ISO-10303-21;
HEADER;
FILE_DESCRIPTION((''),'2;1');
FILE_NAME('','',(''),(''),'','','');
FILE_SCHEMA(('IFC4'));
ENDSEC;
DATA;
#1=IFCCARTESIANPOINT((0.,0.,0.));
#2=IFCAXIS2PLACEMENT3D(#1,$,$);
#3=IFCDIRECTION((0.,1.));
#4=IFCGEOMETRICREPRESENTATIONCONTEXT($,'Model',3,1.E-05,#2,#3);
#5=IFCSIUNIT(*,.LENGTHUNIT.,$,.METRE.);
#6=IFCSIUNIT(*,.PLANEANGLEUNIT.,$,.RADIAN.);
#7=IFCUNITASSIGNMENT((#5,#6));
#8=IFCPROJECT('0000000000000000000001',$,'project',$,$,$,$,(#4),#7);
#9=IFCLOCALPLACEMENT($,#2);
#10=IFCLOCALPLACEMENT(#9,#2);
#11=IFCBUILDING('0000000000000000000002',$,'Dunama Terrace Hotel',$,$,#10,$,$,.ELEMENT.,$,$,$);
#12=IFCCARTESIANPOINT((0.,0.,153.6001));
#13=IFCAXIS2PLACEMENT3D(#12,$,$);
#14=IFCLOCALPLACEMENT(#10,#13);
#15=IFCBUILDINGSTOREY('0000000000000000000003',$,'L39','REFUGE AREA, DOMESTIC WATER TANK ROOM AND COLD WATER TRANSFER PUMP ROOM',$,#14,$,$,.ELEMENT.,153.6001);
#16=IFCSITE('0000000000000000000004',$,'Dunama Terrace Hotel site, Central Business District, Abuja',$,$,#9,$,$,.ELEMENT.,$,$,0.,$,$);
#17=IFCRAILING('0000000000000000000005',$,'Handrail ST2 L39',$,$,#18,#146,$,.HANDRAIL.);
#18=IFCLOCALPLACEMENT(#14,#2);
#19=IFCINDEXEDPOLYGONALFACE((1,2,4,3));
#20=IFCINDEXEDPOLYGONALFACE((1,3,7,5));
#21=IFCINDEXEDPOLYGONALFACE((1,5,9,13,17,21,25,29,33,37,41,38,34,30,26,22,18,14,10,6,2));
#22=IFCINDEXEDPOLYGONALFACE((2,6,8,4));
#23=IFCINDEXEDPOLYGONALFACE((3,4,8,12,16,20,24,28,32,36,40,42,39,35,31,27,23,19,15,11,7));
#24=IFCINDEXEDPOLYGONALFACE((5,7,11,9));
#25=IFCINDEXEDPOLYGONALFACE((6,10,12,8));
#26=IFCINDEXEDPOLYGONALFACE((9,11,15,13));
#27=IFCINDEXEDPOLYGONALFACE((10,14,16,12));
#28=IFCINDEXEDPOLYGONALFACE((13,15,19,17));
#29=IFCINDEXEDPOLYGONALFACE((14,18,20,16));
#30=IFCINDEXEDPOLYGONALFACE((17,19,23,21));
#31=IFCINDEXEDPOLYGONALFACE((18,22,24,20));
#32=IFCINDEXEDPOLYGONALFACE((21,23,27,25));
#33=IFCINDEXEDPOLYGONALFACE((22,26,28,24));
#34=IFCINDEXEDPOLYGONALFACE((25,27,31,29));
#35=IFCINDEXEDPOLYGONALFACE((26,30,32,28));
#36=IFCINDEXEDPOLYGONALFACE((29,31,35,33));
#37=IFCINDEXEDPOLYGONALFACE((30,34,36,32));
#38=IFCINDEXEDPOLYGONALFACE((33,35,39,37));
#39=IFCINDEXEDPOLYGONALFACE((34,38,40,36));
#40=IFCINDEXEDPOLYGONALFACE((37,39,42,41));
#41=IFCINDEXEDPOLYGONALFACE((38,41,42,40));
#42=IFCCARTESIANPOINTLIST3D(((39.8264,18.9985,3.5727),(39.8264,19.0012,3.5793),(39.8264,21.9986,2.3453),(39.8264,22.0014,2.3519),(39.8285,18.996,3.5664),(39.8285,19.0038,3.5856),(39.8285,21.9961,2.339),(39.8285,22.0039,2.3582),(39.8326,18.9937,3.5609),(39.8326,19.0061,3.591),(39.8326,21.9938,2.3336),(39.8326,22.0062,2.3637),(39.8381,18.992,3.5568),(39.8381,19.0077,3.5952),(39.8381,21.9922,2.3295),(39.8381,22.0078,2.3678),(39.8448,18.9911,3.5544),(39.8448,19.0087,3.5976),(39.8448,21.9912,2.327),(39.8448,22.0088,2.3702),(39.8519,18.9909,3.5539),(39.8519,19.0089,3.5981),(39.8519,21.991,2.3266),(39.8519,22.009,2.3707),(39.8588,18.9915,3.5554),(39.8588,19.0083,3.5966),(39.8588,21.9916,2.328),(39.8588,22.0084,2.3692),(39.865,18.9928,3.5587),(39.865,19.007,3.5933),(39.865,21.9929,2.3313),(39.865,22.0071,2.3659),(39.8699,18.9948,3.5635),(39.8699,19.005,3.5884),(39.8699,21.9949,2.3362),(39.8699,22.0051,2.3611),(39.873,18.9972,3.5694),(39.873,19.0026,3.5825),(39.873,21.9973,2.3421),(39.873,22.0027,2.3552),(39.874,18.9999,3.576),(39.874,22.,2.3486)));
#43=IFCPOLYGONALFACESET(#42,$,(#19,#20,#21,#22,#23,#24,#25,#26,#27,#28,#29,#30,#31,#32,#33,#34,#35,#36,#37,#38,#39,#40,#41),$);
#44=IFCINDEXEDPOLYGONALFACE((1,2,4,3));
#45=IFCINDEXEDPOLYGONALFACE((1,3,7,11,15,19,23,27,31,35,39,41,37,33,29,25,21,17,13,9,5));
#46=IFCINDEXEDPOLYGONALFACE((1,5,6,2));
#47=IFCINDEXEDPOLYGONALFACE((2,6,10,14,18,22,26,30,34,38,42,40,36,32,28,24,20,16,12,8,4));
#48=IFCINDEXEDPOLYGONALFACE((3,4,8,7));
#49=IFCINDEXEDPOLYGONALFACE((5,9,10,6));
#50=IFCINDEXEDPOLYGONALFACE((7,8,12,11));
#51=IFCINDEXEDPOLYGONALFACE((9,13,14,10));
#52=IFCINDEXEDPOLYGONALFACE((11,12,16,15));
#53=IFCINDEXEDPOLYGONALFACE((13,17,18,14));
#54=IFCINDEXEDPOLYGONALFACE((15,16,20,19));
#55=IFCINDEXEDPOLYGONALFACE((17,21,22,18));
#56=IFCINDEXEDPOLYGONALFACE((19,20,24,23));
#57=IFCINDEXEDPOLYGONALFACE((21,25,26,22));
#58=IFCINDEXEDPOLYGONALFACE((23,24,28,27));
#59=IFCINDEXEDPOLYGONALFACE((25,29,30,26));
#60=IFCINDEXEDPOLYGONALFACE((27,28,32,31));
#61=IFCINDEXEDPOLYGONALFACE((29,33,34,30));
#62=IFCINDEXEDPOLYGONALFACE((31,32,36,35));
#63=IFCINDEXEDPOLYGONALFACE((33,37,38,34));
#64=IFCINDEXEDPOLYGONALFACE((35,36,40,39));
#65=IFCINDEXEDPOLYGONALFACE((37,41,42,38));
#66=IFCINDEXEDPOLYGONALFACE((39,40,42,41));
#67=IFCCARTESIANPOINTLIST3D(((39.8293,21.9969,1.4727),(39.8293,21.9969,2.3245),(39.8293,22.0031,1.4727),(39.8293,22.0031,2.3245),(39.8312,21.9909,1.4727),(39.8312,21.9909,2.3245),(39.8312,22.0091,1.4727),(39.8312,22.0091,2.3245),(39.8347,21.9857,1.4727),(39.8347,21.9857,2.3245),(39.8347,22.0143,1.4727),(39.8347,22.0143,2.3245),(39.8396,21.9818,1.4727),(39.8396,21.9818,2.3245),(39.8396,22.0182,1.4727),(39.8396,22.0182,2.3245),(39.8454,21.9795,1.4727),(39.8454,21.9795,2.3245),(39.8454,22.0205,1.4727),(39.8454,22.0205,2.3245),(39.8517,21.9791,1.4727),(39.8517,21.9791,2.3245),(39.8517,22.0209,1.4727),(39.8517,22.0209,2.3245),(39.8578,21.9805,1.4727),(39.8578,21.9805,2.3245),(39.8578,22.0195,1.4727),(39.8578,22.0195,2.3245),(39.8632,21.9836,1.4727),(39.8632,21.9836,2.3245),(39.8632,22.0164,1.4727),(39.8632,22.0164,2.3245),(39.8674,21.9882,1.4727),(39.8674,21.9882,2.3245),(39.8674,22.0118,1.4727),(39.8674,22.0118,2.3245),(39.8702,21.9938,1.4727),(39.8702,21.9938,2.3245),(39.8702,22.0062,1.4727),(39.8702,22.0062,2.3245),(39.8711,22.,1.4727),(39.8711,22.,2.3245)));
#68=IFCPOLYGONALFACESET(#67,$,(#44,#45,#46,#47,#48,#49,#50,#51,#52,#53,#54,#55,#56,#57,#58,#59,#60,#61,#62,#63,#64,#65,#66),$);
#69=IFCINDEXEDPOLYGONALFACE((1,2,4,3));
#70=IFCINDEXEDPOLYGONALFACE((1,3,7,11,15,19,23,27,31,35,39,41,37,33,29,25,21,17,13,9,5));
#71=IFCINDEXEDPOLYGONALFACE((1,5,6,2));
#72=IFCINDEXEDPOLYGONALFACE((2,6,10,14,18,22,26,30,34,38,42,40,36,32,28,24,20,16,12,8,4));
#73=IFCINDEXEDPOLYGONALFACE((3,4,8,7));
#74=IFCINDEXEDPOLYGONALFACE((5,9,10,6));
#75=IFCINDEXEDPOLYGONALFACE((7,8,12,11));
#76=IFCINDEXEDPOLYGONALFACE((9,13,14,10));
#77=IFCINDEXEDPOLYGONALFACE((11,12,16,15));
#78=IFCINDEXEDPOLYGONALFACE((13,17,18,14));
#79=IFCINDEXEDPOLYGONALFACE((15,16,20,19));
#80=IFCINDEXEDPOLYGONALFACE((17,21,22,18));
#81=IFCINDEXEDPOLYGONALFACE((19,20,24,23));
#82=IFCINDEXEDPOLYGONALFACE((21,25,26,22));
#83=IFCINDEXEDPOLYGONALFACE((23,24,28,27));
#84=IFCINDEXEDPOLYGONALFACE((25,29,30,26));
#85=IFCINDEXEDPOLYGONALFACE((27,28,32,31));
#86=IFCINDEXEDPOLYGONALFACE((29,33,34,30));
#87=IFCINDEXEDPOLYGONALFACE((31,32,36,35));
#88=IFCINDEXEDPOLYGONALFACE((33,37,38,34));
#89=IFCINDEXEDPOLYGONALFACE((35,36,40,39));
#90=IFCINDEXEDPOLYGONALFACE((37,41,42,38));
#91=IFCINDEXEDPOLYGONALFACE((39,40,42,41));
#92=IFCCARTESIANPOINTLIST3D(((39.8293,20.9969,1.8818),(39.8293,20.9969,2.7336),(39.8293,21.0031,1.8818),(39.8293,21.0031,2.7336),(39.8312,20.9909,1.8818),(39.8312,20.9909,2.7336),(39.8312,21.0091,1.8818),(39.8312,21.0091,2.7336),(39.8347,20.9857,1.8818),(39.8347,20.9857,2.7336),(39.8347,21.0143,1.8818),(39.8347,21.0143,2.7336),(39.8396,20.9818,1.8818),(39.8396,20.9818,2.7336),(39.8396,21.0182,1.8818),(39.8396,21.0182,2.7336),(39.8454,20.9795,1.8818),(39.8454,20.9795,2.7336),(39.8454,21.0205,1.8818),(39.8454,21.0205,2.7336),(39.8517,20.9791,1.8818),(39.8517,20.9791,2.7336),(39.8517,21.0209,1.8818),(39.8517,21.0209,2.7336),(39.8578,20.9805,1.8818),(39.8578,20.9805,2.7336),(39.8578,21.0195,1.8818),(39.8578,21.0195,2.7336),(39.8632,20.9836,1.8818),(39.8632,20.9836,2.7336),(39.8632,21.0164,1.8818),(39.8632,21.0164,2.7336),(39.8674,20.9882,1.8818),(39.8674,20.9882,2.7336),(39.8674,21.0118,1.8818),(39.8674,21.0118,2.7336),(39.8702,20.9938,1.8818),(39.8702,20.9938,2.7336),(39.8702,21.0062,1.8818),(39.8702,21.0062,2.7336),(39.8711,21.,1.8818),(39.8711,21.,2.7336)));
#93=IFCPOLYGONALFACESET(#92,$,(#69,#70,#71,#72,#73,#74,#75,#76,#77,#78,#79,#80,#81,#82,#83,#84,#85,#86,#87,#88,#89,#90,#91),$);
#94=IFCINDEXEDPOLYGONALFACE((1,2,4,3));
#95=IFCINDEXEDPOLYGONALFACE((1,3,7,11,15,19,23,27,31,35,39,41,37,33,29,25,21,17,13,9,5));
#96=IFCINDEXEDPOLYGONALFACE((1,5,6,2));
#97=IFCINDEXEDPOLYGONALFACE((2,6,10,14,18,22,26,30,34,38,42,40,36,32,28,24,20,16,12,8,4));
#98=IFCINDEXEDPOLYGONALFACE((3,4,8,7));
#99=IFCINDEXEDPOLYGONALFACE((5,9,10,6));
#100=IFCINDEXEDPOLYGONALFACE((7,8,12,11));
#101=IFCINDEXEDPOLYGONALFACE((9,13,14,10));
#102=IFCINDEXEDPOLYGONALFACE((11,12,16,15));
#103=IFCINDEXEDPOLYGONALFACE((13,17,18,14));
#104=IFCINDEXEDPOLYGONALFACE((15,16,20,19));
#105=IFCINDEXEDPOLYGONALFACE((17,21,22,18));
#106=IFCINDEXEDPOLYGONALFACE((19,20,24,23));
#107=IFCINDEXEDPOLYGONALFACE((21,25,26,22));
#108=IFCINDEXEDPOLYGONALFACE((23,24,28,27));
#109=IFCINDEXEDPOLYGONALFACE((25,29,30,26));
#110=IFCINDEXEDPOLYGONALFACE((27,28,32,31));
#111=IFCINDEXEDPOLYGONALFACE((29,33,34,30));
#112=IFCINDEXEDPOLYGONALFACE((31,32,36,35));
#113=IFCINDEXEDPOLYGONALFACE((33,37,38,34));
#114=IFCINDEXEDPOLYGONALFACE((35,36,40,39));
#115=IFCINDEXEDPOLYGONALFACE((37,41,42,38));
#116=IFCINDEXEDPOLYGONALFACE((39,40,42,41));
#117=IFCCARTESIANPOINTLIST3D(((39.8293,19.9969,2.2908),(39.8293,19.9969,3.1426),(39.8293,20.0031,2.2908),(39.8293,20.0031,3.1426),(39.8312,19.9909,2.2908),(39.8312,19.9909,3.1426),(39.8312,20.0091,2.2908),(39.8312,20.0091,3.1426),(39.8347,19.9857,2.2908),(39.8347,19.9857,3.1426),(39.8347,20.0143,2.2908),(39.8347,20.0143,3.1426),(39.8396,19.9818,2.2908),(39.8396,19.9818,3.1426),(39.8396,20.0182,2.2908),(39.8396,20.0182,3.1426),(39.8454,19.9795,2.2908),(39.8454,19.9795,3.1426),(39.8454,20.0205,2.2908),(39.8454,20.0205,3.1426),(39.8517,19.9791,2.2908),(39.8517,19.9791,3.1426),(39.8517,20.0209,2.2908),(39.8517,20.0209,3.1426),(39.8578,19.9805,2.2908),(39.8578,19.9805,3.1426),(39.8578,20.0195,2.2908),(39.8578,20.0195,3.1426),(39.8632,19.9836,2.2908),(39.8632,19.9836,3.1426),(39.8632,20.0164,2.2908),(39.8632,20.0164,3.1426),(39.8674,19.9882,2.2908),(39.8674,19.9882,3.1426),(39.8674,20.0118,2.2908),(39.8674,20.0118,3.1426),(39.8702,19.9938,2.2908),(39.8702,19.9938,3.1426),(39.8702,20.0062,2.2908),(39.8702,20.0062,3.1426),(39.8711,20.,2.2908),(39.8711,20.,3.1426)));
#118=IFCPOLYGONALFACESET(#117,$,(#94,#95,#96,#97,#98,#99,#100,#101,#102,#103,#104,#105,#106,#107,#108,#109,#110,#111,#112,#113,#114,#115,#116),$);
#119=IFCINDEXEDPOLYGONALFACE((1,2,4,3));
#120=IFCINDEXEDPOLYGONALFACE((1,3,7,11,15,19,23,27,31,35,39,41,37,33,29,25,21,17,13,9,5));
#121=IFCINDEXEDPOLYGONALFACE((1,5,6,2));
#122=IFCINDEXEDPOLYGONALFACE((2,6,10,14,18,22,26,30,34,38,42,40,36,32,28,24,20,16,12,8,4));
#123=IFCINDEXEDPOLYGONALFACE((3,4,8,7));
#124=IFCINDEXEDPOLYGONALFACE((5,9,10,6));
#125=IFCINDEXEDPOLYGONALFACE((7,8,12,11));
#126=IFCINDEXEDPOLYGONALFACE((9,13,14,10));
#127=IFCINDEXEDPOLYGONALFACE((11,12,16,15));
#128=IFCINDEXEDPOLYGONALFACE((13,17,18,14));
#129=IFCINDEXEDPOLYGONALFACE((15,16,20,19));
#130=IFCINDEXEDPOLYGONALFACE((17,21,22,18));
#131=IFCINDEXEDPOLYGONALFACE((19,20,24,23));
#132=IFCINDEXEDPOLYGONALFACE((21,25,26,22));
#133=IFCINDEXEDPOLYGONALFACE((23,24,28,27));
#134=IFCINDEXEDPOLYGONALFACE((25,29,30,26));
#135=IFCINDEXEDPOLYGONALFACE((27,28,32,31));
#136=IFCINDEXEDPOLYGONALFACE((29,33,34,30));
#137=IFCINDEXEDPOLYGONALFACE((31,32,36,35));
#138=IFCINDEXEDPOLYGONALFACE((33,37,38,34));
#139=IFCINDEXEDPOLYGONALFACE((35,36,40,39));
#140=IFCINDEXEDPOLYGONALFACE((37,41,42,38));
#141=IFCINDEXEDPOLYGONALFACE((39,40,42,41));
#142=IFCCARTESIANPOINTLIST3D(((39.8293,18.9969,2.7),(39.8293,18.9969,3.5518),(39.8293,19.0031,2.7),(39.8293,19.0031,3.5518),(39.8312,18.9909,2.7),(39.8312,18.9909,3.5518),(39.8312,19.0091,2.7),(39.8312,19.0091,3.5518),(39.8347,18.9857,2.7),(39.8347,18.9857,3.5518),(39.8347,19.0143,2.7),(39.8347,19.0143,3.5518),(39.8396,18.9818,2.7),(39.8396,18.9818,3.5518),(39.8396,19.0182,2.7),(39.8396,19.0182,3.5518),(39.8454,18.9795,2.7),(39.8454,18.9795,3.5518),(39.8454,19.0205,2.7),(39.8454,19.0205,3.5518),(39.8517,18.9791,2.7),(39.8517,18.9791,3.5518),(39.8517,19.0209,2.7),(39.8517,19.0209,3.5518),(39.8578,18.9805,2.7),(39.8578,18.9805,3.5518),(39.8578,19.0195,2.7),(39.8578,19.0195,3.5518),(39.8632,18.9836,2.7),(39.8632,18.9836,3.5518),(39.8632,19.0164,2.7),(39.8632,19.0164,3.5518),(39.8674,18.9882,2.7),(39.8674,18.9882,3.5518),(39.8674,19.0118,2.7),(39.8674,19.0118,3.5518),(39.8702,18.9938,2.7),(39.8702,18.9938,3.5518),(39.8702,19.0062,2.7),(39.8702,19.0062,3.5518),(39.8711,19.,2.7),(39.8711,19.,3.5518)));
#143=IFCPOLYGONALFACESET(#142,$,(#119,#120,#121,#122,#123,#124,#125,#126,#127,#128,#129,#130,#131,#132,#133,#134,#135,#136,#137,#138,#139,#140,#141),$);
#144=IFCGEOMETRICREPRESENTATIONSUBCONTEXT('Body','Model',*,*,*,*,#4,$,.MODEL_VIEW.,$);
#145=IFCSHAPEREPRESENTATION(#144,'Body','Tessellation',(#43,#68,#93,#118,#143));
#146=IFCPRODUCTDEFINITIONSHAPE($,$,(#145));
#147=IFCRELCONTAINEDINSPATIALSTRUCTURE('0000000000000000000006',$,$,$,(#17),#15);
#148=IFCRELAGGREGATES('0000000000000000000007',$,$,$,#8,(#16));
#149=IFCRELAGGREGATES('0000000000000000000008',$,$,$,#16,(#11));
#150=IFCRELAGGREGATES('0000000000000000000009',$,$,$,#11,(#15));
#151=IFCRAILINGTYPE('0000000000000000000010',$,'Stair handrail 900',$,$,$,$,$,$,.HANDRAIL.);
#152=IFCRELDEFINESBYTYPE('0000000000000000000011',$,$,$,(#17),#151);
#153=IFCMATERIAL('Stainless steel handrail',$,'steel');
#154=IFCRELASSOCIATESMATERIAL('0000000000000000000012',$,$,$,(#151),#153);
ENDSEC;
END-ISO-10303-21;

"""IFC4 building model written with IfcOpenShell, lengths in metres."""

from ifc_helpers import new_model, si_unit, direction, frame, origin, origin_2d, place, context, subcontext, project, spatial, circle, extrude, material, type_object, element, save


model = new_model("IFC4")

# Units and contexts
model_context = context("Model", 3, precision=1e-05, world=origin(), true_north=direction((0.0, 1.0)))
body_context = subcontext(model_context, "Body", "Model", "MODEL_VIEW")
ifc_project = project(units=[si_unit("LENGTHUNIT", "METRE"), si_unit("PLANEANGLEUNIT", "RADIAN")], contexts=[model_context])

# Site, building, storey
site_placement = place(None, origin())
site = spatial("IfcSite", under=ifc_project, at=site_placement, Name="Dunama Terrace Hotel site, Central Business District, Abuja", CompositionType="ELEMENT", RefElevation=0.0)
building_placement = place(site_placement, origin())
building = spatial("IfcBuilding", under=site, at=building_placement, Name="Dunama Terrace Hotel", CompositionType="ELEMENT")
storey_placement = place(building_placement, frame((0.0, 0.0, 153.6001)))
storey = spatial("IfcBuildingStorey", under=building, at=storey_placement, Name="L39", Description="REFUGE AREA, DOMESTIC WATER TANK ROOM AND COLD WATER TRANSFER PUMP ROOM", CompositionType="ELEMENT", Elevation=153.6001)

# Railing
ifc_material_1 = material(Name="Stainless steel handrail", Category="steel")
railing_type = type_object("IfcRailingType", Name="Stair handrail 900", PredefinedType="HANDRAIL", material=ifc_material_1)
railing_1_placement = place(storey_placement, frame((39.8501, 22.0, 1.4727)))
element("IfcRailing", 1, at=railing_1_placement, inside=storey, type_object=railing_type, Name="Handrail ST2 L39", PredefinedType="HANDRAIL", context=body_context, shape_type="SweptSolid", body=[
    extrude(circle(Radius=0.0239, at=origin_2d()), frame((0.0, 0.0, 0.876), z_axis=(0.0, -0.925545, 0.378639), x_axis=(1.0, 0.0, 0.0)), (0.0, 0.0, 1.0), 3.2415),
    extrude(circle(Radius=0.021, at=origin_2d()), origin(), (0.0, 0.0, 1.0), 0.8518),
    extrude(circle(Radius=0.021, at=origin_2d()), frame((0.0, -1.0, 0.4092)), (0.0, 0.0, 1.0), 0.8518),
    extrude(circle(Radius=0.021, at=origin_2d()), frame((0.0, -2.0, 0.8181)), (0.0, 0.0, 1.0), 0.8518),
    extrude(circle(Radius=0.021, at=origin_2d()), frame((0.0, -3.0, 1.2273)), (0.0, 0.0, 1.0), 0.8518),
])

save(model, "model.ifc")
